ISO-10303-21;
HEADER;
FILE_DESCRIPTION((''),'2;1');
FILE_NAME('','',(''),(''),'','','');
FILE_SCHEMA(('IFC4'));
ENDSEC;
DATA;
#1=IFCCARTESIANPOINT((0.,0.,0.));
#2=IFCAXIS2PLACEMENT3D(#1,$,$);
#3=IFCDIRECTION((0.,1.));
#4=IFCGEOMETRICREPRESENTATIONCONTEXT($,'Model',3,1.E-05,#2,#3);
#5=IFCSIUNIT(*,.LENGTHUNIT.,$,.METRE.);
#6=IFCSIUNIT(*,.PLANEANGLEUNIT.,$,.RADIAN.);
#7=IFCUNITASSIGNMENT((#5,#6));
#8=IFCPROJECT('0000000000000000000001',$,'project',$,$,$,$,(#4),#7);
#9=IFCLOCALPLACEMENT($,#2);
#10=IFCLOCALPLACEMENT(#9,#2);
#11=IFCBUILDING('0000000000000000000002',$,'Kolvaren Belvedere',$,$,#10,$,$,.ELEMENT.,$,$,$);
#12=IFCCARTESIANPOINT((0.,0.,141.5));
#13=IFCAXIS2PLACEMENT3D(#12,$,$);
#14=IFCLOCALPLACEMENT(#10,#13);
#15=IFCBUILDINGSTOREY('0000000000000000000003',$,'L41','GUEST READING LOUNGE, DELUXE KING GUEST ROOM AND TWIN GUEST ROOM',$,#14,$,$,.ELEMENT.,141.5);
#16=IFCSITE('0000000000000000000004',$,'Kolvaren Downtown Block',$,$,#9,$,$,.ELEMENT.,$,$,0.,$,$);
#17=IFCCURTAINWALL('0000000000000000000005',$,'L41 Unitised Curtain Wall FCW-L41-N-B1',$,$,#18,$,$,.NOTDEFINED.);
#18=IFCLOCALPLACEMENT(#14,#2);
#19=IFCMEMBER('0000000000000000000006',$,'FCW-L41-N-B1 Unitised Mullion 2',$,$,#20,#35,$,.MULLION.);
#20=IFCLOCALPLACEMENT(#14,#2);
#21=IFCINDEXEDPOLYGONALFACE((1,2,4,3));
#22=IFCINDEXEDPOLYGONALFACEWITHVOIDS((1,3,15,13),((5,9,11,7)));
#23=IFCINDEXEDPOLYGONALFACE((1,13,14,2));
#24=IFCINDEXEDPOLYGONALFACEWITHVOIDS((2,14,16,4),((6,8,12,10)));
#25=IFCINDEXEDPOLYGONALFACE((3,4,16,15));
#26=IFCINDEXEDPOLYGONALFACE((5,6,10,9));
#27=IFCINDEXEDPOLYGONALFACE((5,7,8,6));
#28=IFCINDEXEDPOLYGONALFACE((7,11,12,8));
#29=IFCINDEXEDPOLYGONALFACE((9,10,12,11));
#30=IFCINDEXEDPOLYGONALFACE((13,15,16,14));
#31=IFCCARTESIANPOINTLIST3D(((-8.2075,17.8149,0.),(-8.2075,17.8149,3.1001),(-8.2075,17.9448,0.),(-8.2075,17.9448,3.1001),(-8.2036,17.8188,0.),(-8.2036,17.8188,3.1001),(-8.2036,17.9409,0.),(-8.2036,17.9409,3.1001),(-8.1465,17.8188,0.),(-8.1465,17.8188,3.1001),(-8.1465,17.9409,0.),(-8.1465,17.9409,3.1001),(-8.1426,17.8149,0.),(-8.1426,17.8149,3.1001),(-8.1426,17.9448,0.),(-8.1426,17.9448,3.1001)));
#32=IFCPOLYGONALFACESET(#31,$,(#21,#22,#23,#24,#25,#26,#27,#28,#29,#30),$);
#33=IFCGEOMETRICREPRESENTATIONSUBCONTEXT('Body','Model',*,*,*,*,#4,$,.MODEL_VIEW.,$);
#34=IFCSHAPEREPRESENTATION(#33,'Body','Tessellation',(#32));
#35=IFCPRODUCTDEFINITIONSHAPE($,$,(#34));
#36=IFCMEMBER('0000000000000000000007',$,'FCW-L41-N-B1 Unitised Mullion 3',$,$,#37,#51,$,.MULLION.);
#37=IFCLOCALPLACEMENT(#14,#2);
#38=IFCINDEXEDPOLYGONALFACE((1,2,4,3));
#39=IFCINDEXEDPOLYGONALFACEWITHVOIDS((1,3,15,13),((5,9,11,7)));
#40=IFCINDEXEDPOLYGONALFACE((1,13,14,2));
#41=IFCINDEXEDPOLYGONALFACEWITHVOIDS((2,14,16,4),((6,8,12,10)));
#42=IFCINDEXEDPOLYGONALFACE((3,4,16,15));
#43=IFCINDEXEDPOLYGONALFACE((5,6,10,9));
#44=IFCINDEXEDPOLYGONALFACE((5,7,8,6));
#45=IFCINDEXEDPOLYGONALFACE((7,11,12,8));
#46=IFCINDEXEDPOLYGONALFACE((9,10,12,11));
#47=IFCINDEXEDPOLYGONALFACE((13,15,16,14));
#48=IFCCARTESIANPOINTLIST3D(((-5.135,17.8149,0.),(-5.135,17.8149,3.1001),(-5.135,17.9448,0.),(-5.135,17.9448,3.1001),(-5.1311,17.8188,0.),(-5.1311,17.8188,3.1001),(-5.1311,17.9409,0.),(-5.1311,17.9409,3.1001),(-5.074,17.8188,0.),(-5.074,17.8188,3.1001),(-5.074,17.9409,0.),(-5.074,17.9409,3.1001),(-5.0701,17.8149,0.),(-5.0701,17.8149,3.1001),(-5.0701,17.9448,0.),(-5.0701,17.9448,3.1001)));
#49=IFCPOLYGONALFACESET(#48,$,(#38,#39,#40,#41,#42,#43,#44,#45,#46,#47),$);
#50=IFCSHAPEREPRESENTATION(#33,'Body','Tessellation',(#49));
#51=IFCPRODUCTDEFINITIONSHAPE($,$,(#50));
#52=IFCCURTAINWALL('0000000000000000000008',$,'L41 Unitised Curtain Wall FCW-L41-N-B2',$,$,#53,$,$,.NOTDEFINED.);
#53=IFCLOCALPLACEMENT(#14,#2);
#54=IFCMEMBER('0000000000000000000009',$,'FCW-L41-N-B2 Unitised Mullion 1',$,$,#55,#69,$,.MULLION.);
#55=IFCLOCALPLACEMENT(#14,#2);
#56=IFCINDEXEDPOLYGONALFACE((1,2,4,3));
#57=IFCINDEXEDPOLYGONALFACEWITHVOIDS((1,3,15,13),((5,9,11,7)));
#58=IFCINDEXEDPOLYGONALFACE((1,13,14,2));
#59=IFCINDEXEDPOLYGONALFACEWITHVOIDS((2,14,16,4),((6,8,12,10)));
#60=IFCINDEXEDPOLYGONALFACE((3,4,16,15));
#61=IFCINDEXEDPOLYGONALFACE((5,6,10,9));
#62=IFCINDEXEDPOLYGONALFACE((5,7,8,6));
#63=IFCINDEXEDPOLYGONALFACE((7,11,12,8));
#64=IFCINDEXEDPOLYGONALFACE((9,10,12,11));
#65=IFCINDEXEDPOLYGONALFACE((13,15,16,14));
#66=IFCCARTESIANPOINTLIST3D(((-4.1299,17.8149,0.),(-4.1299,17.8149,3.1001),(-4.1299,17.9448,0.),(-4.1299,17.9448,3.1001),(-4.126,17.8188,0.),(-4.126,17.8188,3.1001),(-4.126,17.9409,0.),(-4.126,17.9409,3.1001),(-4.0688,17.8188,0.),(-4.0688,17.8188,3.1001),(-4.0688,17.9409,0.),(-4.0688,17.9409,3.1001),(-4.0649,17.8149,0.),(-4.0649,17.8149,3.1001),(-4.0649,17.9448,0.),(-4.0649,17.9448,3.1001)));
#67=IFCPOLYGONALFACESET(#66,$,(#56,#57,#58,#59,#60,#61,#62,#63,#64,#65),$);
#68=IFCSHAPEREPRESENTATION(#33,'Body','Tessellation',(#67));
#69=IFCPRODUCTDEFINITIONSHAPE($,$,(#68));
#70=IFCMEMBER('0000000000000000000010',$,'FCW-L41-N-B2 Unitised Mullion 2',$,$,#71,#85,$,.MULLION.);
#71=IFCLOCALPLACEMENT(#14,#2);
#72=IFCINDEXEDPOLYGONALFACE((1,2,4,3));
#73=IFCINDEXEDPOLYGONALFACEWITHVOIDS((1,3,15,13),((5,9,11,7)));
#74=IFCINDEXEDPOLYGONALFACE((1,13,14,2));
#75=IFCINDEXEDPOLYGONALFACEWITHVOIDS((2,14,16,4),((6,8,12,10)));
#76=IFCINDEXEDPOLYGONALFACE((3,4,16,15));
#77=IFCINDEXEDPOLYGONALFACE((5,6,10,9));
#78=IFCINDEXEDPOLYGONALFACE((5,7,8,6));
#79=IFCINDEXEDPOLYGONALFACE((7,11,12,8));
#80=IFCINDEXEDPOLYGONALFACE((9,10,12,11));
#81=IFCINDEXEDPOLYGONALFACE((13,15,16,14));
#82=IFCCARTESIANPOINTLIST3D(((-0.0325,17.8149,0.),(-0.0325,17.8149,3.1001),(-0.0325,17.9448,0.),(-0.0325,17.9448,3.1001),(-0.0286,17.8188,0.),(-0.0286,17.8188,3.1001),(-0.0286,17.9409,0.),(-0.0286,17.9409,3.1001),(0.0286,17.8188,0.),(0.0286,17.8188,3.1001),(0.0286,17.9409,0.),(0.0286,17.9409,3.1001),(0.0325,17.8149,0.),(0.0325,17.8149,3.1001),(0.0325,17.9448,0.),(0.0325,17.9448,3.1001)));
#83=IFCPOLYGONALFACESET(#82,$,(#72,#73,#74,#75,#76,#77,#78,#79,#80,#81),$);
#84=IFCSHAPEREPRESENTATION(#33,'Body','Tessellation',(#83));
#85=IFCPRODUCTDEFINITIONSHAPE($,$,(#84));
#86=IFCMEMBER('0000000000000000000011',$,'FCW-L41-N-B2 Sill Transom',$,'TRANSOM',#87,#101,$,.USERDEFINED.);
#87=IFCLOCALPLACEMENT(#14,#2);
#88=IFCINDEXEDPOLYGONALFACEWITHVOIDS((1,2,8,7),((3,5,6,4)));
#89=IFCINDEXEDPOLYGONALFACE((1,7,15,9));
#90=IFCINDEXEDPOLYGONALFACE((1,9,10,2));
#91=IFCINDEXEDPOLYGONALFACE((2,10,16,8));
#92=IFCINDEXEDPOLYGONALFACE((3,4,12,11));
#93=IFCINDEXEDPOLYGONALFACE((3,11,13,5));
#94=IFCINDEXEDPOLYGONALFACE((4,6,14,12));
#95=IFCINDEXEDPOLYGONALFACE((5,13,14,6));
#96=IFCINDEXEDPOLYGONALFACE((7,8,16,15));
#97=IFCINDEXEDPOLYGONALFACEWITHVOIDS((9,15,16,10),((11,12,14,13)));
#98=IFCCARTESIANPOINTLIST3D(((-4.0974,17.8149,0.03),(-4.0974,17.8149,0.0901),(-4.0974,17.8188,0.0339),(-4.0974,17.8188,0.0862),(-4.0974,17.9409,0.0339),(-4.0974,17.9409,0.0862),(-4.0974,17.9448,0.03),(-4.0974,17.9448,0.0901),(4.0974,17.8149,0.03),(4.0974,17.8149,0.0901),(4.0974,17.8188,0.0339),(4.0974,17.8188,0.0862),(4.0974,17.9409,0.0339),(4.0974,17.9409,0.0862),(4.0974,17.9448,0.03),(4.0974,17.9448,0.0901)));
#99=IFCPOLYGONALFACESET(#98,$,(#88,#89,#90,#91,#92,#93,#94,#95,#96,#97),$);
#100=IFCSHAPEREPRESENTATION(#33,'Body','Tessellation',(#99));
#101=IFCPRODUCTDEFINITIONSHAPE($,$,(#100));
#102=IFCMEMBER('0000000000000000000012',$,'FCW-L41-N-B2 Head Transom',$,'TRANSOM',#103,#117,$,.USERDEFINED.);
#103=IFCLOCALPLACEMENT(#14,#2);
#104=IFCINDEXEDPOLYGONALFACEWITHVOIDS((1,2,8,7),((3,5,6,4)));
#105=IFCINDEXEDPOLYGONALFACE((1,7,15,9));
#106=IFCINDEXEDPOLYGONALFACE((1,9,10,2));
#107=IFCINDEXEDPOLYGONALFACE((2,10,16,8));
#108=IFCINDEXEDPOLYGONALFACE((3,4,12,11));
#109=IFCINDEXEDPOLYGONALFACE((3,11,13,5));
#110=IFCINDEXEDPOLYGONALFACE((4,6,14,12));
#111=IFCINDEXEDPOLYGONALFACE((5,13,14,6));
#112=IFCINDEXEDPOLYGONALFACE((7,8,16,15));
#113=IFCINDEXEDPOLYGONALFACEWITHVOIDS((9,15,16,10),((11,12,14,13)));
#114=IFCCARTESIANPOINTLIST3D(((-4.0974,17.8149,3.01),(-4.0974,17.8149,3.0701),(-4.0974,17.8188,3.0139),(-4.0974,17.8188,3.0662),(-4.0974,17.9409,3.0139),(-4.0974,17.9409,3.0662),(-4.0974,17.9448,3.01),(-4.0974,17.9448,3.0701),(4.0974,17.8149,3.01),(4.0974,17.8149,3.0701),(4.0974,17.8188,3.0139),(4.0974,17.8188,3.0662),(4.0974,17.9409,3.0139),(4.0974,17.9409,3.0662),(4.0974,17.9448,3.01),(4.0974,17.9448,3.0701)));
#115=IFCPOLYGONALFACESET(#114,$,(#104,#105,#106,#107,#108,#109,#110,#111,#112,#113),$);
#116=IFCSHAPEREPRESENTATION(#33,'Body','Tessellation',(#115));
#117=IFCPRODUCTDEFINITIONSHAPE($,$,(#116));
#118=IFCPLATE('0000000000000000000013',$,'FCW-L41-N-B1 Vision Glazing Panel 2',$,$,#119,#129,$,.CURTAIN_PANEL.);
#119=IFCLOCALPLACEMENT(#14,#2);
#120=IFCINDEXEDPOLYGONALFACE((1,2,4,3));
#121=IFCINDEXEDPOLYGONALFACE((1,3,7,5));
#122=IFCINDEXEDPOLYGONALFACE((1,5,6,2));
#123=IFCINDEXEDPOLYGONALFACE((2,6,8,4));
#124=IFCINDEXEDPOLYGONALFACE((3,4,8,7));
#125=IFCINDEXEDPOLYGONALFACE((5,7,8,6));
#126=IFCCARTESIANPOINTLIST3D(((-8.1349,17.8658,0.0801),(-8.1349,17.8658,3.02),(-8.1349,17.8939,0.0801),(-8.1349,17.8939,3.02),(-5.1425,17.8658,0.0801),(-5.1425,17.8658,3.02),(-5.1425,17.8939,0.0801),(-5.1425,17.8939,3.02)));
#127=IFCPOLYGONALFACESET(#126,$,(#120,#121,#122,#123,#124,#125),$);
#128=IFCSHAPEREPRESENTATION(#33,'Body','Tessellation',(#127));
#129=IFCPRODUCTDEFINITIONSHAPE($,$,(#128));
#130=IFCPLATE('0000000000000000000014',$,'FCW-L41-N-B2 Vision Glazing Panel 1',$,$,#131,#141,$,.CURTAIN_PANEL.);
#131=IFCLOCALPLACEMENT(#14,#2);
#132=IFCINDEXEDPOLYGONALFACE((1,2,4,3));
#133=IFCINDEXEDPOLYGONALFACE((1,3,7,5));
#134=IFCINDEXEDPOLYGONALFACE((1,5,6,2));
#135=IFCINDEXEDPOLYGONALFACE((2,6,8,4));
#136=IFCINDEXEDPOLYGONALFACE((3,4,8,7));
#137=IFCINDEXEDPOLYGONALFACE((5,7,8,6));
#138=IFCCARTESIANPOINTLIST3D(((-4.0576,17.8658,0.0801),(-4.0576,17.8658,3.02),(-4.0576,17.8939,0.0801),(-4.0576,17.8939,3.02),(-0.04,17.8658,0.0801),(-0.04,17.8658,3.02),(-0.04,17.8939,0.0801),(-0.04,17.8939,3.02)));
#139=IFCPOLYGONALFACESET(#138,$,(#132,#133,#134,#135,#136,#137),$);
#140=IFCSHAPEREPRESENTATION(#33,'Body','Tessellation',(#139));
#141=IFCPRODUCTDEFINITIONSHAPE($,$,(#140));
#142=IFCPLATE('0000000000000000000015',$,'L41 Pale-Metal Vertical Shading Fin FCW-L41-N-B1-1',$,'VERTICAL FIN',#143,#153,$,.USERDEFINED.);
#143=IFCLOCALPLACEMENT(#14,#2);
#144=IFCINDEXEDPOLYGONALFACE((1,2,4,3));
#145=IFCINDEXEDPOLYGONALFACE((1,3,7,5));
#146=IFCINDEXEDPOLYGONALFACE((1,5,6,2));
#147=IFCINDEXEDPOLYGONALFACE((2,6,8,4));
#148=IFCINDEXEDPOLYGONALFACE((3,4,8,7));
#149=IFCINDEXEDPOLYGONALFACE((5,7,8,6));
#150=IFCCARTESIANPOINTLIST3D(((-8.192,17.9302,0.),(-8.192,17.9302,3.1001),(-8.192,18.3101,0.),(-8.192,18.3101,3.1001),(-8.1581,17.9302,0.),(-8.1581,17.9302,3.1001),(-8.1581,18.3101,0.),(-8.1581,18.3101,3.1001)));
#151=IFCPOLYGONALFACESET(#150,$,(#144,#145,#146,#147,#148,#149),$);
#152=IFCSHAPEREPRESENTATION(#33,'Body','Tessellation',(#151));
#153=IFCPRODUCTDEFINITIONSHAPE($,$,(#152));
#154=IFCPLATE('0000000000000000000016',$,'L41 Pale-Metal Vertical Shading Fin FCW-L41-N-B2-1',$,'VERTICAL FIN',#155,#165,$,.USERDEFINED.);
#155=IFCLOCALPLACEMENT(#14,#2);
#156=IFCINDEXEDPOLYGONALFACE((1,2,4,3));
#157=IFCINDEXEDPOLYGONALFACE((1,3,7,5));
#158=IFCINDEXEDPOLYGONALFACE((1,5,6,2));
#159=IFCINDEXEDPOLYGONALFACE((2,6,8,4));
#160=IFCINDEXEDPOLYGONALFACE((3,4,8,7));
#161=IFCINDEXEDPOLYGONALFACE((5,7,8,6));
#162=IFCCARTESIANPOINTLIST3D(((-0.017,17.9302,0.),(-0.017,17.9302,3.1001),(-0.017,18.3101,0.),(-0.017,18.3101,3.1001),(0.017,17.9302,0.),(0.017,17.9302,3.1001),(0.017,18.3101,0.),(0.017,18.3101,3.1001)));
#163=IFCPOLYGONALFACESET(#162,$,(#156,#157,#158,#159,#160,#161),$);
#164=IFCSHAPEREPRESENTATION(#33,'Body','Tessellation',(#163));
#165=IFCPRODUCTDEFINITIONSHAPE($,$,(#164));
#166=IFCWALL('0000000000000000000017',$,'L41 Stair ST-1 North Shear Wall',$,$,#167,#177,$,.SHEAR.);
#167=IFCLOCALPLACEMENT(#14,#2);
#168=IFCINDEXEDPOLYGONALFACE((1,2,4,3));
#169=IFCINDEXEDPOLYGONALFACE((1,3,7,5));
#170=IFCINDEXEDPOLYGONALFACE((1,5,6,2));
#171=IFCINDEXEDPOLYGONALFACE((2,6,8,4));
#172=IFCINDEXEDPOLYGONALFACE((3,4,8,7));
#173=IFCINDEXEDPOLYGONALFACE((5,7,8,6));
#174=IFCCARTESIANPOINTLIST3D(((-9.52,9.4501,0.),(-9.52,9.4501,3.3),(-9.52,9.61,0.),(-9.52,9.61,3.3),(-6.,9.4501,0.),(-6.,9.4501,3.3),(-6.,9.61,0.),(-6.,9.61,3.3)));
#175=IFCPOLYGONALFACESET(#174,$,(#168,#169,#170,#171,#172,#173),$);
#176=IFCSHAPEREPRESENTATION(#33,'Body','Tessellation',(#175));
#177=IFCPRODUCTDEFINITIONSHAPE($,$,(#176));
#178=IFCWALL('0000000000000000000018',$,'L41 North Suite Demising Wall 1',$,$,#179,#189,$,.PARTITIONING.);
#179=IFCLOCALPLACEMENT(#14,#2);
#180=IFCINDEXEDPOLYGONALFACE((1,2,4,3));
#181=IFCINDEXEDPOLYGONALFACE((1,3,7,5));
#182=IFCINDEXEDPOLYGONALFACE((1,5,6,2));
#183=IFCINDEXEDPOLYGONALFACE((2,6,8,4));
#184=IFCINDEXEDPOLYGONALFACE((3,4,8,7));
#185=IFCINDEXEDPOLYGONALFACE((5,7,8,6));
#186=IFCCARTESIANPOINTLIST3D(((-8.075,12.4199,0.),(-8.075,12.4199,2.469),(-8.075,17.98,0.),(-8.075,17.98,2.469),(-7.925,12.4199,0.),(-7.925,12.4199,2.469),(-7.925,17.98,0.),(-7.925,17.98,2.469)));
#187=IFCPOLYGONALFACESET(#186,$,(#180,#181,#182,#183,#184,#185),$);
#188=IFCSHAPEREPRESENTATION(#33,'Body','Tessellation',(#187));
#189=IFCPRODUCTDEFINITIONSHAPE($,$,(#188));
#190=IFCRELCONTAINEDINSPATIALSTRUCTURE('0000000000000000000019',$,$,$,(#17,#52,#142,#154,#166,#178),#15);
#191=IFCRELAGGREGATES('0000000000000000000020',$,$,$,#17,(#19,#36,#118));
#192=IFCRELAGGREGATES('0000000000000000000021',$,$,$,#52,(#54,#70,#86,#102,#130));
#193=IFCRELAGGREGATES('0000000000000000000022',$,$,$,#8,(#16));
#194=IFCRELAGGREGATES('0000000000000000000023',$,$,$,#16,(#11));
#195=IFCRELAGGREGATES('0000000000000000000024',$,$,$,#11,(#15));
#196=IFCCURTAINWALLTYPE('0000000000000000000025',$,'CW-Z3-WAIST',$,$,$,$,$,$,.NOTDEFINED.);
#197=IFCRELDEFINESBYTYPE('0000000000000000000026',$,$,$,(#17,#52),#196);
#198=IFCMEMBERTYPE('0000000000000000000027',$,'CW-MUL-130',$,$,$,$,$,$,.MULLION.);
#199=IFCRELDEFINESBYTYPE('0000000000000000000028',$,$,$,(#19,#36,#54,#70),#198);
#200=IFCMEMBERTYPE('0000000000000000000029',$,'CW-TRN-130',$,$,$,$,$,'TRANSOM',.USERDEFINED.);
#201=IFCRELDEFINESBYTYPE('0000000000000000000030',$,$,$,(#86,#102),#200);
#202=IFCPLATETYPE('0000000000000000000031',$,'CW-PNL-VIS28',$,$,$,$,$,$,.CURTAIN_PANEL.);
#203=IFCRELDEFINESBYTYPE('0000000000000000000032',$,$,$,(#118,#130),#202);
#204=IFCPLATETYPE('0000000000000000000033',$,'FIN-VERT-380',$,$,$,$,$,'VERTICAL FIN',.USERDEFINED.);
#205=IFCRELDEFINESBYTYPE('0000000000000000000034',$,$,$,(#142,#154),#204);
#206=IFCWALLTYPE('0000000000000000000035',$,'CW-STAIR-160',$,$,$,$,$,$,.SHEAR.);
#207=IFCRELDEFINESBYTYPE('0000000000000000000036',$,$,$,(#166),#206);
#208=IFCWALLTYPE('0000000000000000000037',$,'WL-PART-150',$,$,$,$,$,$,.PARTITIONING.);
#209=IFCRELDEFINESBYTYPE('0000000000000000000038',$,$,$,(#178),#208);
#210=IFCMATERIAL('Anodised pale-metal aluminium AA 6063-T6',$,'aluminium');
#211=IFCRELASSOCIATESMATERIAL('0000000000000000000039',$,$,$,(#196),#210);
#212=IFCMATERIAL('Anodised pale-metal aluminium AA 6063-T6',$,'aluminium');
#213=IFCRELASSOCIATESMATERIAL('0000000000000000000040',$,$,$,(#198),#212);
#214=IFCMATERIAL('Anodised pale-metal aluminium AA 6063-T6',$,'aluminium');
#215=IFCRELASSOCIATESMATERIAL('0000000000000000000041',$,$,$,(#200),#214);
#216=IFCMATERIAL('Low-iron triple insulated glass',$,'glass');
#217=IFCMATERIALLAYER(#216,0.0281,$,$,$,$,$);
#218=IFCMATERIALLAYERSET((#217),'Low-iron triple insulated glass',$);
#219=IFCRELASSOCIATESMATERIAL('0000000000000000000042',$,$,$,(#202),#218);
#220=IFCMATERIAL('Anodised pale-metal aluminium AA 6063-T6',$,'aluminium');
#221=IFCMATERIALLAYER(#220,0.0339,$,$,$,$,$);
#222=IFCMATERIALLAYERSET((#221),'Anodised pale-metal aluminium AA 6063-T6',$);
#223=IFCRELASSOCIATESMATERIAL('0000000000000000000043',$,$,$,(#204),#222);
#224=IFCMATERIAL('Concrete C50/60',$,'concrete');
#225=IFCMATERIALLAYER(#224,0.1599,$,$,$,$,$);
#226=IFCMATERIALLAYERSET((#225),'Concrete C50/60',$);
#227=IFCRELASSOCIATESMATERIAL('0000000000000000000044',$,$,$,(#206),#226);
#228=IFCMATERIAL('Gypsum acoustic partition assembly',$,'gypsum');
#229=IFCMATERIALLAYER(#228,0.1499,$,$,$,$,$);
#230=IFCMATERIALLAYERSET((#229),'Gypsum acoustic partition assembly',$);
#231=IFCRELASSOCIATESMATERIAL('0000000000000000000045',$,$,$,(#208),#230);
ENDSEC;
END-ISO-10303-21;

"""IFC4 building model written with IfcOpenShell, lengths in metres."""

from ifc_helpers import new_model, si_unit, direction, frame, frame_2d, origin, origin_2d, place, context, subcontext, project, spatial, rectangle, hollow_rectangle, extrude, material, layer, layer_set, material_profile, profile_set, type_object, element, aggregate, save


model = new_model("IFC4")

# Units and contexts
model_context = context("Model", 3, precision=1e-05, world=origin(), true_north=direction((0.0, 1.0)))
body_context = subcontext(model_context, "Body", "Model", "MODEL_VIEW")
ifc_project = project(units=[si_unit("LENGTHUNIT", "METRE"), si_unit("PLANEANGLEUNIT", "RADIAN")], contexts=[model_context])

# Site, building, storey
site_placement = place(None, origin())
site = spatial("IfcSite", under=ifc_project, at=site_placement, Name="Kolvaren Downtown Block", CompositionType="ELEMENT", RefElevation=0.0)
building_placement = place(site_placement, origin())
building = spatial("IfcBuilding", under=site, at=building_placement, Name="Kolvaren Belvedere", CompositionType="ELEMENT")
storey_placement = place(building_placement, frame((0.0, 0.0, 141.5)))
storey = spatial("IfcBuildingStorey", under=building, at=storey_placement, Name="L41", Description="GUEST READING LOUNGE, DELUXE KING GUEST ROOM AND TWIN GUEST ROOM", CompositionType="ELEMENT", Elevation=141.5)

# Curtain walls, members
ifc_material_1 = material(Name="Anodised pale-metal aluminium AA 6063-T6", Category="aluminium")
curtain_wall_type = type_object("IfcCurtainWallType", Name="CW-Z3-WAIST", PredefinedType="NOTDEFINED", material=ifc_material_1)
curtain_wall_1_placement = place(storey_placement, origin())
curtain_wall_1 = element("IfcCurtainWall", 1, at=curtain_wall_1_placement, inside=storey, type_object=curtain_wall_type, Name="L41 Unitised Curtain Wall FCW-L41-N-B1", PredefinedType="NOTDEFINED")
ifc_material_2 = material(Name="Anodised pale-metal aluminium AA 6063-T6", Category="aluminium")
ifc_material_profile_1 = material_profile(ifc_material_2, hollow_rectangle(XDim=0.0649, YDim=0.1299, WallThickness=0.0039, at=origin_2d()), Name="ALU-MUL-130X65")
ifc_profile_set_1 = profile_set([ifc_material_profile_1], Name="Anodised pale-metal aluminium AA 6063-T6")
member_type_1 = type_object("IfcMemberType", Name="CW-MUL-130", PredefinedType="MULLION", material=ifc_profile_set_1)
member_1_placement = place(storey_placement, frame((-8.175, 17.8799, 0.0), z_axis=(0.0, 0.0, 1.0), x_axis=(1.0, 0.0, 0.0)))
member_1 = element("IfcMember", 2, at=member_1_placement, type_object=member_type_1, Name="FCW-L41-N-B1 Unitised Mullion 2", PredefinedType="MULLION", context=body_context, shape_type="SweptSolid", body=[
    extrude(hollow_rectangle(XDim=0.0649, YDim=0.1299, WallThickness=0.0039, at=origin_2d()), origin(), (0.0, 0.0, 1.0), 3.1001),
])
member_2_placement = place(storey_placement, frame((-5.1025, 17.8799, 0.0), z_axis=(0.0, 0.0, 1.0), x_axis=(1.0, 0.0, 0.0)))
member_2 = element("IfcMember", 3, at=member_2_placement, type_object=member_type_1, Name="FCW-L41-N-B1 Unitised Mullion 3", PredefinedType="MULLION", context=body_context, shape_type="SweptSolid", body=[
    extrude(hollow_rectangle(XDim=0.0649, YDim=0.1299, WallThickness=0.0039, at=origin_2d()), origin(), (0.0, 0.0, 1.0), 3.1001),
])
curtain_wall_2_placement = place(storey_placement, origin())
curtain_wall_2 = element("IfcCurtainWall", 4, at=curtain_wall_2_placement, inside=storey, type_object=curtain_wall_type, Name="L41 Unitised Curtain Wall FCW-L41-N-B2", PredefinedType="NOTDEFINED")
member_3_placement = place(storey_placement, frame((-4.0974, 17.8799, 0.0), z_axis=(0.0, 0.0, 1.0), x_axis=(1.0, 0.0, 0.0)))
member_3 = element("IfcMember", 5, at=member_3_placement, type_object=member_type_1, Name="FCW-L41-N-B2 Unitised Mullion 1", PredefinedType="MULLION", context=body_context, shape_type="SweptSolid", body=[
    extrude(hollow_rectangle(XDim=0.0649, YDim=0.1299, WallThickness=0.0039, at=origin_2d()), origin(), (0.0, 0.0, 1.0), 3.1001),
])
member_4_placement = place(storey_placement, frame((0.0, 17.8799, 0.0), z_axis=(0.0, 0.0, 1.0), x_axis=(1.0, 0.0, 0.0)))
member_4 = element("IfcMember", 6, at=member_4_placement, type_object=member_type_1, Name="FCW-L41-N-B2 Unitised Mullion 2", PredefinedType="MULLION", context=body_context, shape_type="SweptSolid", body=[
    extrude(hollow_rectangle(XDim=0.0649, YDim=0.1299, WallThickness=0.0039, at=origin_2d()), origin(), (0.0, 0.0, 1.0), 3.1001),
])
ifc_material_3 = material(Name="Anodised pale-metal aluminium AA 6063-T6", Category="aluminium")
ifc_material_profile_2 = material_profile(ifc_material_3, hollow_rectangle(XDim=0.0601, YDim=0.1299, WallThickness=0.0039, at=origin_2d()), Name="ALU-TRN-130X60")
ifc_profile_set_2 = profile_set([ifc_material_profile_2], Name="Anodised pale-metal aluminium AA 6063-T6")
member_type_2 = type_object("IfcMemberType", Name="CW-TRN-130", ElementType="TRANSOM", PredefinedType="USERDEFINED", material=ifc_profile_set_2)
member_5_placement = place(storey_placement, frame((-4.0974, 17.8799, 0.0601), z_axis=(1.0, 0.0, 0.0), x_axis=(0.0, 0.0, 1.0)))
member_5 = element("IfcMember", 7, at=member_5_placement, type_object=member_type_2, Name="FCW-L41-N-B2 Sill Transom", ObjectType="TRANSOM", PredefinedType="USERDEFINED", context=body_context, shape_type="SweptSolid", body=[
    extrude(hollow_rectangle(XDim=0.0601, YDim=0.1299, WallThickness=0.0039, at=origin_2d()), origin(), (0.0, 0.0, 1.0), 8.1948),
])
member_6_placement = place(storey_placement, frame((-4.0974, 17.8799, 3.04), z_axis=(1.0, 0.0, 0.0), x_axis=(0.0, 0.0, 1.0)))
member_6 = element("IfcMember", 8, at=member_6_placement, type_object=member_type_2, Name="FCW-L41-N-B2 Head Transom", ObjectType="TRANSOM", PredefinedType="USERDEFINED", context=body_context, shape_type="SweptSolid", body=[
    extrude(hollow_rectangle(XDim=0.0601, YDim=0.1299, WallThickness=0.0039, at=origin_2d()), origin(), (0.0, 0.0, 1.0), 8.1948),
])

# Plates
ifc_material_4 = material(Name="Low-iron triple insulated glass", Category="glass")
ifc_layer_1 = layer(ifc_material_4, 0.0281)
ifc_layer_set_1 = layer_set([ifc_layer_1], Name="Low-iron triple insulated glass")
plate_type_1 = type_object("IfcPlateType", Name="CW-PNL-VIS28", PredefinedType="CURTAIN_PANEL", material=ifc_layer_set_1)
plate_1_placement = place(storey_placement, frame((-6.6387, 17.8799, 0.0801), z_axis=(0.0, 0.0, 1.0), x_axis=(1.0, 0.0, 0.0)))
plate_1 = element("IfcPlate", 9, at=plate_1_placement, type_object=plate_type_1, Name="FCW-L41-N-B1 Vision Glazing Panel 2", PredefinedType="CURTAIN_PANEL", context=body_context, shape_type="SweptSolid", body=[
    extrude(rectangle(XDim=2.9924, YDim=0.0281, at=origin_2d()), origin(), (0.0, 0.0, 1.0), 2.9399),
])
aggregate(curtain_wall_1, [member_1, member_2, plate_1])
plate_2_placement = place(storey_placement, frame((-2.0488, 17.8799, 0.0801), z_axis=(0.0, 0.0, 1.0), x_axis=(1.0, 0.0, 0.0)))
plate_2 = element("IfcPlate", 10, at=plate_2_placement, type_object=plate_type_1, Name="FCW-L41-N-B2 Vision Glazing Panel 1", PredefinedType="CURTAIN_PANEL", context=body_context, shape_type="SweptSolid", body=[
    extrude(rectangle(XDim=4.0176, YDim=0.0281, at=origin_2d()), origin(), (0.0, 0.0, 1.0), 2.9399),
])
aggregate(curtain_wall_2, [member_3, member_4, member_5, member_6, plate_2])

# Plates
ifc_material_5 = material(Name="Anodised pale-metal aluminium AA 6063-T6", Category="aluminium")
ifc_layer_2 = layer(ifc_material_5, 0.0339)
ifc_layer_set_2 = layer_set([ifc_layer_2], Name="Anodised pale-metal aluminium AA 6063-T6")
plate_type_2 = type_object("IfcPlateType", Name="FIN-VERT-380", ElementType="VERTICAL FIN", PredefinedType="USERDEFINED", material=ifc_layer_set_2)
for number, where, z_axis, x_axis, name in (
    (11, (-8.175, 18.1201, 0.0), (0.0, 0.0, 1.0), (0.0, 1.0, 0.0), "L41 Pale-Metal Vertical Shading Fin FCW-L41-N-B1-1"),
    (12, (0.0, 18.1201, 0.0), (0.0, 0.0, 1.0), (0.0, 1.0, 0.0), "L41 Pale-Metal Vertical Shading Fin FCW-L41-N-B2-1"),
):
    element("IfcPlate", number, at=place(storey_placement, frame(where, z_axis=z_axis, x_axis=x_axis)), inside=storey, type_object=plate_type_2, Name=name, ObjectType="VERTICAL FIN", PredefinedType="USERDEFINED", context=body_context, shape_type="SweptSolid", body=[
        extrude(rectangle(XDim=0.3799, YDim=0.0339, at=origin_2d()), origin(), (0.0, 0.0, 1.0), 3.1001),
    ])

# Walls
ifc_material_6 = material(Name="Concrete C50/60", Category="concrete")
ifc_layer_3 = layer(ifc_material_6, 0.1599)
ifc_layer_set_3 = layer_set([ifc_layer_3], Name="Concrete C50/60")
wall_type_1 = type_object("IfcWallType", Name="CW-STAIR-160", PredefinedType="SHEAR", material=ifc_layer_set_3)
wall_1_placement = place(storey_placement, frame((-9.52, 9.53, 0.0), z_axis=(0.0, 0.0, 1.0), x_axis=(1.0, 0.0, 0.0)))
element("IfcWall", 13, at=wall_1_placement, inside=storey, type_object=wall_type_1, Name="L41 Stair ST-1 North Shear Wall", PredefinedType="SHEAR", context=body_context, shape_type="SweptSolid", body=[
    extrude(rectangle(XDim=3.52, YDim=0.1599, at=frame_2d((1.76, 0.0))), origin(), (0.0, 0.0, 1.0), 3.3),
])
ifc_material_7 = material(Name="Gypsum acoustic partition assembly", Category="gypsum")
ifc_layer_4 = layer(ifc_material_7, 0.1499)
ifc_layer_set_4 = layer_set([ifc_layer_4], Name="Gypsum acoustic partition assembly")
wall_type_2 = type_object("IfcWallType", Name="WL-PART-150", PredefinedType="PARTITIONING", material=ifc_layer_set_4)
for number, where, z_axis, x_axis, name in (
    (14, (-8.0, 12.4199, 0.0), (0.0, 0.0, 1.0), (0.0, 1.0, 0.0), "L41 North Suite Demising Wall 1"),
):
    element("IfcWall", number, at=place(storey_placement, frame(where, z_axis=z_axis, x_axis=x_axis)), inside=storey, type_object=wall_type_2, Name=name, PredefinedType="PARTITIONING", context=body_context, shape_type="SweptSolid", body=[
        extrude(rectangle(XDim=5.5601, YDim=0.1499, at=frame_2d((2.78, 0.0))), origin(), (0.0, 0.0, 1.0), 2.469),
    ])

save(model, "model.ifc")
